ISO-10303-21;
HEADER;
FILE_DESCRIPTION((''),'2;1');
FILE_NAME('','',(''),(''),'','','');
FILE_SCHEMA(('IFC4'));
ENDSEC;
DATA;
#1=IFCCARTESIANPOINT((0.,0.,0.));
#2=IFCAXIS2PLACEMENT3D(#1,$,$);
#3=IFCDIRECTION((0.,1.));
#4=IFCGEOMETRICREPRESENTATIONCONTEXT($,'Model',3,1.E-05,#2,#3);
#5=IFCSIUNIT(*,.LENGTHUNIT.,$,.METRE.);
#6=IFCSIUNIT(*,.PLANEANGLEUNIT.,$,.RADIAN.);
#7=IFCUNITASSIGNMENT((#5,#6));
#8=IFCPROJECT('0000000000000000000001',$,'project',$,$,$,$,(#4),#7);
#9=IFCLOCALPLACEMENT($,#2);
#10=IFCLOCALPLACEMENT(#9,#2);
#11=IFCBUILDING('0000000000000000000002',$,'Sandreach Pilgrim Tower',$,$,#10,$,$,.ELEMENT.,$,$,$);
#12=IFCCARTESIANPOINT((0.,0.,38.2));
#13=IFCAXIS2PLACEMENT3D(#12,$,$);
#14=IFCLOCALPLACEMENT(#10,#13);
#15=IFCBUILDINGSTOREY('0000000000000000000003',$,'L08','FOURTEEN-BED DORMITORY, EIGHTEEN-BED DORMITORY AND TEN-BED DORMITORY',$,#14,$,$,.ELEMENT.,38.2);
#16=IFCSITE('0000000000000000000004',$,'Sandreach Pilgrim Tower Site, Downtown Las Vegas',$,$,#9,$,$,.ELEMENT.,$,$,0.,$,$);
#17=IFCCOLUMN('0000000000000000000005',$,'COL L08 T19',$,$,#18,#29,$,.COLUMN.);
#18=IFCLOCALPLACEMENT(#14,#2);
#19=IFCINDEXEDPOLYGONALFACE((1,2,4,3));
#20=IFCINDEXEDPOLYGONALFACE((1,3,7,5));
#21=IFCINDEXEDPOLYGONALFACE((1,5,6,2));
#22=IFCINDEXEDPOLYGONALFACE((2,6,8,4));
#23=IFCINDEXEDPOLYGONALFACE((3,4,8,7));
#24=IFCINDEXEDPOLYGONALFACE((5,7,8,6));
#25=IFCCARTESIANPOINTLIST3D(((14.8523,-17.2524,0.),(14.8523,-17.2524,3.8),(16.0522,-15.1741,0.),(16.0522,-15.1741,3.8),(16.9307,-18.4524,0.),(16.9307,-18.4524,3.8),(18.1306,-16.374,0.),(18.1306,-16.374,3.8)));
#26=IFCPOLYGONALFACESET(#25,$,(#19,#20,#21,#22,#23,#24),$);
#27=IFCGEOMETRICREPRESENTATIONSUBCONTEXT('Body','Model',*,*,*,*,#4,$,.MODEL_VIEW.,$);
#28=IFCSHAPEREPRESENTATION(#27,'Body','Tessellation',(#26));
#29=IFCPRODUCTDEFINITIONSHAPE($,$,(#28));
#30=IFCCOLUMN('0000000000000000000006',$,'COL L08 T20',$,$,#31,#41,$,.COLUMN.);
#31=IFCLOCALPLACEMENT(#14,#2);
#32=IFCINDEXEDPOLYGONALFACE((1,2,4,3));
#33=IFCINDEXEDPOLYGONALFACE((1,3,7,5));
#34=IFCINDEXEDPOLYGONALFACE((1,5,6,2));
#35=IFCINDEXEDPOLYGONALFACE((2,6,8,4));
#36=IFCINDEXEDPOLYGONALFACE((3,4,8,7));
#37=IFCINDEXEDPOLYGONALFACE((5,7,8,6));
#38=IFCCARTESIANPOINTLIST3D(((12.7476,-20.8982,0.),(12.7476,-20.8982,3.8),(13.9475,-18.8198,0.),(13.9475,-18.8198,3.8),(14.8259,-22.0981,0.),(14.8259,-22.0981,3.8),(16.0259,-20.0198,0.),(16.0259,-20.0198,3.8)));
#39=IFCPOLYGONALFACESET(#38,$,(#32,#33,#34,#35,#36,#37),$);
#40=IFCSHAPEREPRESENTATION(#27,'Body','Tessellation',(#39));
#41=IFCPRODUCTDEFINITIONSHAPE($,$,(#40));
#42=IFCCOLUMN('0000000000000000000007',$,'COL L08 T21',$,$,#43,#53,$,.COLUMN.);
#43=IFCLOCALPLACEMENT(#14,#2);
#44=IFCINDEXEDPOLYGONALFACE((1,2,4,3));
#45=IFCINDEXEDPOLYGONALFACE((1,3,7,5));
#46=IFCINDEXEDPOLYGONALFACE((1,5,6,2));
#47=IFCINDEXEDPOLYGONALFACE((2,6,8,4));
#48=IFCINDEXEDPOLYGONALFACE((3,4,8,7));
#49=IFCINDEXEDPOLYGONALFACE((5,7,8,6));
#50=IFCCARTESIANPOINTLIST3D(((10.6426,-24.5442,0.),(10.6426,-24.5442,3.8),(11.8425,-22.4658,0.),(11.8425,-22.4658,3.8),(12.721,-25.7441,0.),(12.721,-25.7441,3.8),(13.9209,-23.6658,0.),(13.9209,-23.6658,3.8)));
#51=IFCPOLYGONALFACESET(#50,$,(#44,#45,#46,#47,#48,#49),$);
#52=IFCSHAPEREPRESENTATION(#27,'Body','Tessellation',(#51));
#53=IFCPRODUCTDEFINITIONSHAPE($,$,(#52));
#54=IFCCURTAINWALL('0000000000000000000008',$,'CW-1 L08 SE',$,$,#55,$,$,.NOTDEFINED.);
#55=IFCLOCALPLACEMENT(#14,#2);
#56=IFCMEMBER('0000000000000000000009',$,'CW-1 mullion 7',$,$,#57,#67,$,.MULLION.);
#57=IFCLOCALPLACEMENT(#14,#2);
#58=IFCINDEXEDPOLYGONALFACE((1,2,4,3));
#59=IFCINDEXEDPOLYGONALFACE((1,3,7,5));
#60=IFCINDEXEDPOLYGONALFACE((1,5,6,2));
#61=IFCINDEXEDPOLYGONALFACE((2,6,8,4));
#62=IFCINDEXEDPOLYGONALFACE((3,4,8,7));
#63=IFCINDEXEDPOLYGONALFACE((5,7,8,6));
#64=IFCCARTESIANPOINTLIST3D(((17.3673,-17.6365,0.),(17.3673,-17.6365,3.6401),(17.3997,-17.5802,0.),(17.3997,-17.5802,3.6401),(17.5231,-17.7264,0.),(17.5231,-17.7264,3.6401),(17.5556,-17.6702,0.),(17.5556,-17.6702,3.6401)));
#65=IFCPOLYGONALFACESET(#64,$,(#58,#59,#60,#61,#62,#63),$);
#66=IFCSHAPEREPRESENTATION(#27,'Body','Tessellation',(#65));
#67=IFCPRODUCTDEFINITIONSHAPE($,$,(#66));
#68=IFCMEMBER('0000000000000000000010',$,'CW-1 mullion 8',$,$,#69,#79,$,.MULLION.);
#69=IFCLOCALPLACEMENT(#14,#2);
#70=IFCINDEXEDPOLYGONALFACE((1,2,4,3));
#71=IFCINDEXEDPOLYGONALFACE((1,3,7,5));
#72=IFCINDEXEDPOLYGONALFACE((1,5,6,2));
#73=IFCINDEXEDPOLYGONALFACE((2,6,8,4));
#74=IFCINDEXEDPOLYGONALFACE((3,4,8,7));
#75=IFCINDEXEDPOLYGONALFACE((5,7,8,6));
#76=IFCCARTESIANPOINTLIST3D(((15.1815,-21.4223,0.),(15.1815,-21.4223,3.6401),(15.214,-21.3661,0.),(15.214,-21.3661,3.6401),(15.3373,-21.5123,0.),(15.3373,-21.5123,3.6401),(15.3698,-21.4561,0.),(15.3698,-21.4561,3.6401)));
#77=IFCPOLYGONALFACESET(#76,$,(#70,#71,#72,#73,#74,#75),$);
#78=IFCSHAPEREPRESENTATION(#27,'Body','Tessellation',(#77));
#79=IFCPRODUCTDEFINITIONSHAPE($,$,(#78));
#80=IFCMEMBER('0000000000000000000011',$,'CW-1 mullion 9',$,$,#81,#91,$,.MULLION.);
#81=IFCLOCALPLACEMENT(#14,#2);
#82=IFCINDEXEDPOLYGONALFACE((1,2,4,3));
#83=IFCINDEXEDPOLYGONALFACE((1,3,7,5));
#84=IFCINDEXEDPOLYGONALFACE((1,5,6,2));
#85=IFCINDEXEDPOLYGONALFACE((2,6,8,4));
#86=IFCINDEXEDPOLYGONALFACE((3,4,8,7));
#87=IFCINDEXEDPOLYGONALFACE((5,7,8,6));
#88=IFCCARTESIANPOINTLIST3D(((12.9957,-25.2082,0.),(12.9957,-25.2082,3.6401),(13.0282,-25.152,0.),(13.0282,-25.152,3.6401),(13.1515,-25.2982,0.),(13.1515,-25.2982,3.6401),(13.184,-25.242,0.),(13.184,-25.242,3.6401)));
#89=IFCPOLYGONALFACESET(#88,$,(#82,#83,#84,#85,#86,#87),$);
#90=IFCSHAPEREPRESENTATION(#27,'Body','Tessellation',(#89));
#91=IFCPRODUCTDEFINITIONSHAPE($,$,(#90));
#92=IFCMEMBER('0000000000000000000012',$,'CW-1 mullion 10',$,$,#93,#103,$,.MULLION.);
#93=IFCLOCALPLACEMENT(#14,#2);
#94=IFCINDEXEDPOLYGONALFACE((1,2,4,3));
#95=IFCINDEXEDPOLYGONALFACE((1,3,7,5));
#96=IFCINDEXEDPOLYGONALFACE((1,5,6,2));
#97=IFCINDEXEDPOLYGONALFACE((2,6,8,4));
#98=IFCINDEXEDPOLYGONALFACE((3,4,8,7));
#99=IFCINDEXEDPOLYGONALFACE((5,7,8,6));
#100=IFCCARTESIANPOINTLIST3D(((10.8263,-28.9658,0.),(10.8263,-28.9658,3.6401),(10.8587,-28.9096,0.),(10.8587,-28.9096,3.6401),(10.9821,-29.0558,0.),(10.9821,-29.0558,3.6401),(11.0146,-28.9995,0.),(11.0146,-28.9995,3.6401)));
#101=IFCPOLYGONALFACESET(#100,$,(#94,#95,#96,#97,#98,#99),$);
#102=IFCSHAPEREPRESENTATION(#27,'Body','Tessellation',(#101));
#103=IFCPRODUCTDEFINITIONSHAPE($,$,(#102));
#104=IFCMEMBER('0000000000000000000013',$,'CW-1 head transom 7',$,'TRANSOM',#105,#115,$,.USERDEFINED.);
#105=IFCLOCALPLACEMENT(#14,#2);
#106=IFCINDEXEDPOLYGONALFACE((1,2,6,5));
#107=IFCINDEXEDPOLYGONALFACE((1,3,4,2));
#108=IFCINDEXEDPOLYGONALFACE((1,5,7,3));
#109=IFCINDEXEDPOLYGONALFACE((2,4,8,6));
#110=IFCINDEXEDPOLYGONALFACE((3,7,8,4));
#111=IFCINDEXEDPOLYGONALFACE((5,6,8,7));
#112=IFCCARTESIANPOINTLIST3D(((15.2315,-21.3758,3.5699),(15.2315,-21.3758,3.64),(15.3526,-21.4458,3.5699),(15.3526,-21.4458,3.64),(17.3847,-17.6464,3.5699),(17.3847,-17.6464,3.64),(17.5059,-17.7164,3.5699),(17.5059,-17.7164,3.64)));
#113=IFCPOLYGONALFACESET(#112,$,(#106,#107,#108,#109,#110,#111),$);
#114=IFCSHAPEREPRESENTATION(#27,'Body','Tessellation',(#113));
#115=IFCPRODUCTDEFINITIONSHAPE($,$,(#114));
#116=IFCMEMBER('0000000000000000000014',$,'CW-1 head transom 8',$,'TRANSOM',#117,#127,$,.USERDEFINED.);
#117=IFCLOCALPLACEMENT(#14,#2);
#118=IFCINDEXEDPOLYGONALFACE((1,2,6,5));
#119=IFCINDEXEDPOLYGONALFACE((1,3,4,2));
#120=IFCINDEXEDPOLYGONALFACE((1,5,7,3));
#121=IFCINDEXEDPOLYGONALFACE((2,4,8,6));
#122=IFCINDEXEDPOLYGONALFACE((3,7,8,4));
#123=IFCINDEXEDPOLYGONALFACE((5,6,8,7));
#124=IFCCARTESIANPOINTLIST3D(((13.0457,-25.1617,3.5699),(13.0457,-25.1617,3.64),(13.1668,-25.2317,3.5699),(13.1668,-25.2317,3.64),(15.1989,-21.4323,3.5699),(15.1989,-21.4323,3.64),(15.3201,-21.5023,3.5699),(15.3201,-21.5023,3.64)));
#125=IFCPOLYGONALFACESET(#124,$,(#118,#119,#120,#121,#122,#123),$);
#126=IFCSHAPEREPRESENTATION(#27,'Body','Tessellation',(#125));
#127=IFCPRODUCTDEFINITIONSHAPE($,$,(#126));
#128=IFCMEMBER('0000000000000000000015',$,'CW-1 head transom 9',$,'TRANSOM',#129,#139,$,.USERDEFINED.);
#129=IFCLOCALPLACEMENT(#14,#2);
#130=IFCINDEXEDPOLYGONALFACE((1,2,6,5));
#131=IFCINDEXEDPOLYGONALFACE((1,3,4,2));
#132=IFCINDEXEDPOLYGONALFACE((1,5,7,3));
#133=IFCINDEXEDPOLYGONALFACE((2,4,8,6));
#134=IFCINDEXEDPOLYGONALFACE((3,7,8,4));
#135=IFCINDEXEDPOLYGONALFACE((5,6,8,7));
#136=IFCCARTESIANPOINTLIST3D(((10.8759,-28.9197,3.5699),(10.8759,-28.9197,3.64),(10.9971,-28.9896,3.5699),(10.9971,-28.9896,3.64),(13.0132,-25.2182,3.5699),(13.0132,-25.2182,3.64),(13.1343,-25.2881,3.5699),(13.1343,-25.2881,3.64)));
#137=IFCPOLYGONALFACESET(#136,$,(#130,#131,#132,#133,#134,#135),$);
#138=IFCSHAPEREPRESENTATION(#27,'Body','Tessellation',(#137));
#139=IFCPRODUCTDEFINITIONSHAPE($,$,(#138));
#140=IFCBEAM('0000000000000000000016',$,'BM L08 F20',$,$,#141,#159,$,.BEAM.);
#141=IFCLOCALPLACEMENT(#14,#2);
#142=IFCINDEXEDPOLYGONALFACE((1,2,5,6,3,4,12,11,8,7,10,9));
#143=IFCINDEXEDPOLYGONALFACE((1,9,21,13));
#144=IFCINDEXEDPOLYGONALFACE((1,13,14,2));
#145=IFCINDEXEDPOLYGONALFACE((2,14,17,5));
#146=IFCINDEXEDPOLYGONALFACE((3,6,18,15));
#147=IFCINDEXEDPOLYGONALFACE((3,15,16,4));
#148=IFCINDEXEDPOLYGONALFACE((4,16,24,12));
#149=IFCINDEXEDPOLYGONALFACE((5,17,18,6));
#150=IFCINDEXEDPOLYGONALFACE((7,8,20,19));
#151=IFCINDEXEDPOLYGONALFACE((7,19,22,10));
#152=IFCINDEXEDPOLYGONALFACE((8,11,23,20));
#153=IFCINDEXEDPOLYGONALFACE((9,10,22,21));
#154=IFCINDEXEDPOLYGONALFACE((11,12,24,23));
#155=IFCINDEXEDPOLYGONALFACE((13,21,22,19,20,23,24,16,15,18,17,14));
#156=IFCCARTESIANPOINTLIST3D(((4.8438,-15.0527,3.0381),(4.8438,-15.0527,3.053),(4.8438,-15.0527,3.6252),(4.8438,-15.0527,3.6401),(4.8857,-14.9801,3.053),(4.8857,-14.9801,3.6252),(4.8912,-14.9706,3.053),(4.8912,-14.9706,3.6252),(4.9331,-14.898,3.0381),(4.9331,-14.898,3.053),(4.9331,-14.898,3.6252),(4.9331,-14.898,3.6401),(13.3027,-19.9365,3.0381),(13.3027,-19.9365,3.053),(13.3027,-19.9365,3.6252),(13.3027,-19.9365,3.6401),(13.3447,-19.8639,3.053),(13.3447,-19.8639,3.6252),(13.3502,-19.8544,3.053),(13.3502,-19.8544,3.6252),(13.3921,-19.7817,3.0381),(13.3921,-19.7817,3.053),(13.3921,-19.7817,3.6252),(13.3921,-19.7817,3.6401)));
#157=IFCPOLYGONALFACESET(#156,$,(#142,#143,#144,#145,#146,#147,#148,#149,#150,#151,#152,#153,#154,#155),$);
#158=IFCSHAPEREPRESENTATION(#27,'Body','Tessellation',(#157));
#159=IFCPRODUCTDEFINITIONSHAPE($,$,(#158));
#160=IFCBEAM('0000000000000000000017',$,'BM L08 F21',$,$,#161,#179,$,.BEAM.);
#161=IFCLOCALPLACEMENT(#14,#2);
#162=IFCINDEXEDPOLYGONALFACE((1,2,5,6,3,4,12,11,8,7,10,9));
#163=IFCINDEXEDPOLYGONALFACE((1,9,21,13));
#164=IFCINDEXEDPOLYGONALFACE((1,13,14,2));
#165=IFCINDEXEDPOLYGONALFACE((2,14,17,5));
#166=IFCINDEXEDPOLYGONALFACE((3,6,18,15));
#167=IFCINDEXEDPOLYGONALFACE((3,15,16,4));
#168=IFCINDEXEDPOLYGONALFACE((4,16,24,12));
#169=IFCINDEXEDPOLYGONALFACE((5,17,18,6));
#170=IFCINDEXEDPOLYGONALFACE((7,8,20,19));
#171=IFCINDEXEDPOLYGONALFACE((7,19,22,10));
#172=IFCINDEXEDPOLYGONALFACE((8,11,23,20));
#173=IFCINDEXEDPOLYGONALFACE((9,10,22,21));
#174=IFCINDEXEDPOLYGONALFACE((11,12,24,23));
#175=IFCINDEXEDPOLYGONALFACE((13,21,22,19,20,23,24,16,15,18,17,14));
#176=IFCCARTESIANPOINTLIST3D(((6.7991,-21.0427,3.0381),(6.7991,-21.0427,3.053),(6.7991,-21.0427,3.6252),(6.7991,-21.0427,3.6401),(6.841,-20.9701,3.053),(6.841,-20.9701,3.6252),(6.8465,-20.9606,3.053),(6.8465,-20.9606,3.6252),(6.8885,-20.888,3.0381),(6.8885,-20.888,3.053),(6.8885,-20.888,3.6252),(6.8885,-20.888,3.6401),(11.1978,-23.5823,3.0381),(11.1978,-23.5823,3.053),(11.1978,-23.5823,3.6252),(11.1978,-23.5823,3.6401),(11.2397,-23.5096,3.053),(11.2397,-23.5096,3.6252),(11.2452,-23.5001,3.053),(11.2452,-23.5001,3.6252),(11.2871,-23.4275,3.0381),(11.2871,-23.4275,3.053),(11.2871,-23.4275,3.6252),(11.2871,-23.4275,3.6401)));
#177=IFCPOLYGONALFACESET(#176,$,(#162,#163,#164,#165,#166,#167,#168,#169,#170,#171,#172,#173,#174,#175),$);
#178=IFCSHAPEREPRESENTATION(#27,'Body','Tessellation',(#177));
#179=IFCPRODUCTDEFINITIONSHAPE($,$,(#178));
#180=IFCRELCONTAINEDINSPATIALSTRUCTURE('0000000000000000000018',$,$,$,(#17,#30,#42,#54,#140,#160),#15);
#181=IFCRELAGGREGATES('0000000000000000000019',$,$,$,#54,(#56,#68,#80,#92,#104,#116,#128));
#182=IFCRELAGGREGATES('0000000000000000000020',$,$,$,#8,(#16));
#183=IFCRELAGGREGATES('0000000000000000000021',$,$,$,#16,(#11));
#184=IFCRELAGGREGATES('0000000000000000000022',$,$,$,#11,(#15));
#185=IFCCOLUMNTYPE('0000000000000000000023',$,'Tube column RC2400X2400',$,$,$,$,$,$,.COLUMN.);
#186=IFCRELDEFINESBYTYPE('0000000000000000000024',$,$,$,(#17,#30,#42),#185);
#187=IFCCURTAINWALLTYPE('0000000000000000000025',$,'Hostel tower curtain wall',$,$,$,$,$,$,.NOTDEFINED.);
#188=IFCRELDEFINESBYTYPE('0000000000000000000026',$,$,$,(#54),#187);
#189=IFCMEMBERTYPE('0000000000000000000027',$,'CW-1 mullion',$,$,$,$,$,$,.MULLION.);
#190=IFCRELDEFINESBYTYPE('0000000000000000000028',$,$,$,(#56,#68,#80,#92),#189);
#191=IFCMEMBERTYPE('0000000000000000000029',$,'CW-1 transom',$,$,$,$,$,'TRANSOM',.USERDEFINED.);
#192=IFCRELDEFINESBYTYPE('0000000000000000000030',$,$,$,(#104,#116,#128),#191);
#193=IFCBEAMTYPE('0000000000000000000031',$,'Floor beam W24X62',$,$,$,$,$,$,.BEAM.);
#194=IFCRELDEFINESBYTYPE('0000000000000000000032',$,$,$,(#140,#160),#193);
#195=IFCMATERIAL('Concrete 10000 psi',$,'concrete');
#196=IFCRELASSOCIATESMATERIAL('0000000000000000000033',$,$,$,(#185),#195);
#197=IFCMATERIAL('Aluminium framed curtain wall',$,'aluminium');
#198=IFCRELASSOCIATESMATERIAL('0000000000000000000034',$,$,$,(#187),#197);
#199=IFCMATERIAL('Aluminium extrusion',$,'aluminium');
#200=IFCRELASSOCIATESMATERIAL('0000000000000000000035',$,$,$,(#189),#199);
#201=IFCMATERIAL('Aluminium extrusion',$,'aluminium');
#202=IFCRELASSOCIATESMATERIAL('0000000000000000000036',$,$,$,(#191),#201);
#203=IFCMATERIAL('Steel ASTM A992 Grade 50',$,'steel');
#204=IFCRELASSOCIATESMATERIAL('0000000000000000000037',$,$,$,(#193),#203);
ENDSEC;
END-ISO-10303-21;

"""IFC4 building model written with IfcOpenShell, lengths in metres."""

from ifc_helpers import new_model, si_unit, direction, frame, origin, origin_2d, place, context, subcontext, project, spatial, rectangle, i_section, extrude, material, material_profile, profile_set, type_object, element, aggregate, save


model = new_model("IFC4")

# Units and contexts
model_context = context("Model", 3, precision=1e-05, world=origin(), true_north=direction((0.0, 1.0)))
body_context = subcontext(model_context, "Body", "Model", "MODEL_VIEW")
ifc_project = project(units=[si_unit("LENGTHUNIT", "METRE"), si_unit("PLANEANGLEUNIT", "RADIAN")], contexts=[model_context])

# Site, building, storey
site_placement = place(None, origin())
site = spatial("IfcSite", under=ifc_project, at=site_placement, Name="Sandreach Pilgrim Tower Site, Downtown Las Vegas", CompositionType="ELEMENT", RefElevation=0.0)
building_placement = place(site_placement, origin())
building = spatial("IfcBuilding", under=site, at=building_placement, Name="Sandreach Pilgrim Tower", CompositionType="ELEMENT")
storey_placement = place(building_placement, frame((0.0, 0.0, 38.2)))
storey = spatial("IfcBuildingStorey", under=building, at=storey_placement, Name="L08", Description="FOURTEEN-BED DORMITORY, EIGHTEEN-BED DORMITORY AND TEN-BED DORMITORY", CompositionType="ELEMENT", Elevation=38.2)

# Columns
ifc_material_1 = material(Name="Concrete 10000 psi", Category="concrete")
ifc_material_profile_1 = material_profile(ifc_material_1, rectangle(XDim=2.3999, YDim=2.3999, at=origin_2d()), Name="RC2400X2400")
ifc_profile_set_1 = profile_set([ifc_material_profile_1], Name="Concrete 10000 psi")
column_type = type_object("IfcColumnType", Name="Tube column RC2400X2400", PredefinedType="COLUMN", material=ifc_profile_set_1)
for number, where, z_axis, x_axis, name in (
    (1, (16.4915, -16.8132, 0.0), (0.0, 0.0, 1.0), (0.866025, -0.5, 0.0), "COL L08 T19"),
    (2, (14.3867, -20.459, 0.0), (0.0, 0.0, 1.0), (0.866025, -0.5, 0.0), "COL L08 T20"),
    (3, (12.2817, -24.105, 0.0), (0.0, 0.0, 1.0), (0.866025, -0.5, 0.0), "COL L08 T21"),
):
    element("IfcColumn", number, at=place(storey_placement, frame(where, z_axis=z_axis, x_axis=x_axis)), inside=storey, type_object=column_type, Name=name, PredefinedType="COLUMN", context=body_context, shape_type="SweptSolid", body=[
        extrude(rectangle(XDim=2.3999, YDim=2.3999, at=origin_2d()), origin(), (0.0, 0.0, 1.0), 3.8),
    ])

# Curtain wall, members
ifc_material_2 = material(Name="Aluminium framed curtain wall", Category="aluminium")
curtain_wall_type = type_object("IfcCurtainWallType", Name="Hostel tower curtain wall", PredefinedType="NOTDEFINED", material=ifc_material_2)
curtain_wall_placement = place(storey_placement, origin())
curtain_wall = element("IfcCurtainWall", 4, at=curtain_wall_placement, inside=storey, type_object=curtain_wall_type, Name="CW-1 L08 SE", PredefinedType="NOTDEFINED")
ifc_material_3 = material(Name="Aluminium extrusion", Category="aluminium")
ifc_material_profile_2 = material_profile(ifc_material_3, rectangle(XDim=0.0649, YDim=0.1799, at=origin_2d()), Name="CW-1M 65X180")
ifc_profile_set_2 = profile_set([ifc_material_profile_2], Name="Aluminium extrusion")
member_type_1 = type_object("IfcMemberType", Name="CW-1 mullion", PredefinedType="MULLION", material=ifc_profile_set_2)
member_1_placement = place(storey_placement, frame((17.4614, -17.6533, 0.0), z_axis=(0.0, 0.0, 1.0), x_axis=(-0.5, -0.866025, 0.0)))
member_1 = element("IfcMember", 5, at=member_1_placement, type_object=member_type_1, Name="CW-1 mullion 7", PredefinedType="MULLION", context=body_context, shape_type="SweptSolid", body=[
    extrude(rectangle(XDim=0.0649, YDim=0.1799, at=origin_2d()), origin(), (0.0, 0.0, 1.0), 3.6401),
])
member_2_placement = place(storey_placement, frame((15.2756, -21.4392, 0.0), z_axis=(0.0, 0.0, 1.0), x_axis=(-0.5, -0.866025, 0.0)))
member_2 = element("IfcMember", 6, at=member_2_placement, type_object=member_type_1, Name="CW-1 mullion 8", PredefinedType="MULLION", context=body_context, shape_type="SweptSolid", body=[
    extrude(rectangle(XDim=0.0649, YDim=0.1799, at=origin_2d()), origin(), (0.0, 0.0, 1.0), 3.6401),
])
member_3_placement = place(storey_placement, frame((13.0898, -25.2251, 0.0), z_axis=(0.0, 0.0, 1.0), x_axis=(-0.5, -0.866025, 0.0)))
member_3 = element("IfcMember", 7, at=member_3_placement, type_object=member_type_1, Name="CW-1 mullion 9", PredefinedType="MULLION", context=body_context, shape_type="SweptSolid", body=[
    extrude(rectangle(XDim=0.0649, YDim=0.1799, at=origin_2d()), origin(), (0.0, 0.0, 1.0), 3.6401),
])
member_4_placement = place(storey_placement, frame((10.9204, -28.9827, 0.0), z_axis=(0.0, 0.0, 1.0), x_axis=(-0.5, -0.866025, 0.0)))
member_4 = element("IfcMember", 8, at=member_4_placement, type_object=member_type_1, Name="CW-1 mullion 10", PredefinedType="MULLION", context=body_context, shape_type="SweptSolid", body=[
    extrude(rectangle(XDim=0.0649, YDim=0.1799, at=origin_2d()), origin(), (0.0, 0.0, 1.0), 3.6401),
])
ifc_material_4 = material(Name="Aluminium extrusion", Category="aluminium")
ifc_material_profile_3 = material_profile(ifc_material_4, rectangle(XDim=0.1399, YDim=0.0701, at=origin_2d()), Name="CW-1T 140X70")
ifc_profile_set_3 = profile_set([ifc_material_profile_3], Name="Aluminium extrusion")
member_type_2 = type_object("IfcMemberType", Name="CW-1 transom", ElementType="TRANSOM", PredefinedType="USERDEFINED", material=ifc_profile_set_3)
member_5_placement = place(storey_placement, frame((17.4453, -17.6814, 3.605), z_axis=(-0.500017, -0.866016, 0.0), x_axis=(0.866016, -0.500017, 0.0)))
member_5 = element("IfcMember", 9, at=member_5_placement, type_object=member_type_2, Name="CW-1 head transom 7", ObjectType="TRANSOM", PredefinedType="USERDEFINED", context=body_context, shape_type="SweptSolid", body=[
    extrude(rectangle(XDim=0.1399, YDim=0.0701, at=origin_2d()), origin(), (0.0, 0.0, 1.0), 4.3064),
])
member_6_placement = place(storey_placement, frame((15.2595, -21.4673, 3.605), z_axis=(-0.500017, -0.866016, 0.0), x_axis=(0.866016, -0.500017, 0.0)))
member_6 = element("IfcMember", 10, at=member_6_placement, type_object=member_type_2, Name="CW-1 head transom 8", ObjectType="TRANSOM", PredefinedType="USERDEFINED", context=body_context, shape_type="SweptSolid", body=[
    extrude(rectangle(XDim=0.1399, YDim=0.0701, at=origin_2d()), origin(), (0.0, 0.0, 1.0), 4.3064),
])
member_7_placement = place(storey_placement, frame((13.0737, -25.2532, 3.605), z_axis=(-0.500034, -0.866006, 0.0), x_axis=(0.866006, -0.500034, 0.0)))
member_7 = element("IfcMember", 11, at=member_7_placement, type_object=member_type_2, Name="CW-1 head transom 9", ObjectType="TRANSOM", PredefinedType="USERDEFINED", context=body_context, shape_type="SweptSolid", body=[
    extrude(rectangle(XDim=0.1399, YDim=0.0701, at=origin_2d()), origin(), (0.0, 0.0, 1.0), 4.2742),
])

# Beams
ifc_material_5 = material(Name="Steel ASTM A992 Grade 50", Category="steel")
ifc_material_profile_4 = material_profile(ifc_material_5, i_section(OverallWidth=0.1787, OverallDepth=0.6021, WebThickness=0.011, FlangeThickness=0.0149, at=origin_2d()), Name="W24X62")
ifc_profile_set_4 = profile_set([ifc_material_profile_4], Name="Steel ASTM A992 Grade 50")
beam_type_1 = type_object("IfcBeamType", Name="Floor beam W24X62", PredefinedType="BEAM", material=ifc_profile_set_4)
beam_1_placement = place(storey_placement, frame((13.3474, -19.8591, 3.3391), z_axis=(-0.866026, 0.499999, 0.0), x_axis=(-0.499999, -0.866026, 0.0)))
element("IfcBeam", 12, at=beam_1_placement, inside=storey, type_object=beam_type_1, Name="BM L08 F20", PredefinedType="BEAM", context=body_context, shape_type="SweptSolid", body=[
    extrude(i_section(OverallWidth=0.1787, OverallDepth=0.6021, WebThickness=0.011, FlangeThickness=0.0149, at=origin_2d()), origin(), (0.0, 0.0, 1.0), 9.7676),
])
beam_2_placement = place(storey_placement, frame((11.2424, -23.5049, 3.3391), z_axis=(-0.866028, 0.499996, 0.0), x_axis=(-0.499996, -0.866028, 0.0)))
element("IfcBeam", 13, at=beam_2_placement, inside=storey, type_object=beam_type_1, Name="BM L08 F21", PredefinedType="BEAM", context=body_context, shape_type="SweptSolid", body=[
    extrude(i_section(OverallWidth=0.1787, OverallDepth=0.6021, WebThickness=0.011, FlangeThickness=0.0149, at=origin_2d()), origin(), (0.0, 0.0, 1.0), 5.0791),
])

aggregate(curtain_wall, [member_1, member_2, member_3, member_4, member_5, member_6, member_7])

save(model, "model.ifc")
